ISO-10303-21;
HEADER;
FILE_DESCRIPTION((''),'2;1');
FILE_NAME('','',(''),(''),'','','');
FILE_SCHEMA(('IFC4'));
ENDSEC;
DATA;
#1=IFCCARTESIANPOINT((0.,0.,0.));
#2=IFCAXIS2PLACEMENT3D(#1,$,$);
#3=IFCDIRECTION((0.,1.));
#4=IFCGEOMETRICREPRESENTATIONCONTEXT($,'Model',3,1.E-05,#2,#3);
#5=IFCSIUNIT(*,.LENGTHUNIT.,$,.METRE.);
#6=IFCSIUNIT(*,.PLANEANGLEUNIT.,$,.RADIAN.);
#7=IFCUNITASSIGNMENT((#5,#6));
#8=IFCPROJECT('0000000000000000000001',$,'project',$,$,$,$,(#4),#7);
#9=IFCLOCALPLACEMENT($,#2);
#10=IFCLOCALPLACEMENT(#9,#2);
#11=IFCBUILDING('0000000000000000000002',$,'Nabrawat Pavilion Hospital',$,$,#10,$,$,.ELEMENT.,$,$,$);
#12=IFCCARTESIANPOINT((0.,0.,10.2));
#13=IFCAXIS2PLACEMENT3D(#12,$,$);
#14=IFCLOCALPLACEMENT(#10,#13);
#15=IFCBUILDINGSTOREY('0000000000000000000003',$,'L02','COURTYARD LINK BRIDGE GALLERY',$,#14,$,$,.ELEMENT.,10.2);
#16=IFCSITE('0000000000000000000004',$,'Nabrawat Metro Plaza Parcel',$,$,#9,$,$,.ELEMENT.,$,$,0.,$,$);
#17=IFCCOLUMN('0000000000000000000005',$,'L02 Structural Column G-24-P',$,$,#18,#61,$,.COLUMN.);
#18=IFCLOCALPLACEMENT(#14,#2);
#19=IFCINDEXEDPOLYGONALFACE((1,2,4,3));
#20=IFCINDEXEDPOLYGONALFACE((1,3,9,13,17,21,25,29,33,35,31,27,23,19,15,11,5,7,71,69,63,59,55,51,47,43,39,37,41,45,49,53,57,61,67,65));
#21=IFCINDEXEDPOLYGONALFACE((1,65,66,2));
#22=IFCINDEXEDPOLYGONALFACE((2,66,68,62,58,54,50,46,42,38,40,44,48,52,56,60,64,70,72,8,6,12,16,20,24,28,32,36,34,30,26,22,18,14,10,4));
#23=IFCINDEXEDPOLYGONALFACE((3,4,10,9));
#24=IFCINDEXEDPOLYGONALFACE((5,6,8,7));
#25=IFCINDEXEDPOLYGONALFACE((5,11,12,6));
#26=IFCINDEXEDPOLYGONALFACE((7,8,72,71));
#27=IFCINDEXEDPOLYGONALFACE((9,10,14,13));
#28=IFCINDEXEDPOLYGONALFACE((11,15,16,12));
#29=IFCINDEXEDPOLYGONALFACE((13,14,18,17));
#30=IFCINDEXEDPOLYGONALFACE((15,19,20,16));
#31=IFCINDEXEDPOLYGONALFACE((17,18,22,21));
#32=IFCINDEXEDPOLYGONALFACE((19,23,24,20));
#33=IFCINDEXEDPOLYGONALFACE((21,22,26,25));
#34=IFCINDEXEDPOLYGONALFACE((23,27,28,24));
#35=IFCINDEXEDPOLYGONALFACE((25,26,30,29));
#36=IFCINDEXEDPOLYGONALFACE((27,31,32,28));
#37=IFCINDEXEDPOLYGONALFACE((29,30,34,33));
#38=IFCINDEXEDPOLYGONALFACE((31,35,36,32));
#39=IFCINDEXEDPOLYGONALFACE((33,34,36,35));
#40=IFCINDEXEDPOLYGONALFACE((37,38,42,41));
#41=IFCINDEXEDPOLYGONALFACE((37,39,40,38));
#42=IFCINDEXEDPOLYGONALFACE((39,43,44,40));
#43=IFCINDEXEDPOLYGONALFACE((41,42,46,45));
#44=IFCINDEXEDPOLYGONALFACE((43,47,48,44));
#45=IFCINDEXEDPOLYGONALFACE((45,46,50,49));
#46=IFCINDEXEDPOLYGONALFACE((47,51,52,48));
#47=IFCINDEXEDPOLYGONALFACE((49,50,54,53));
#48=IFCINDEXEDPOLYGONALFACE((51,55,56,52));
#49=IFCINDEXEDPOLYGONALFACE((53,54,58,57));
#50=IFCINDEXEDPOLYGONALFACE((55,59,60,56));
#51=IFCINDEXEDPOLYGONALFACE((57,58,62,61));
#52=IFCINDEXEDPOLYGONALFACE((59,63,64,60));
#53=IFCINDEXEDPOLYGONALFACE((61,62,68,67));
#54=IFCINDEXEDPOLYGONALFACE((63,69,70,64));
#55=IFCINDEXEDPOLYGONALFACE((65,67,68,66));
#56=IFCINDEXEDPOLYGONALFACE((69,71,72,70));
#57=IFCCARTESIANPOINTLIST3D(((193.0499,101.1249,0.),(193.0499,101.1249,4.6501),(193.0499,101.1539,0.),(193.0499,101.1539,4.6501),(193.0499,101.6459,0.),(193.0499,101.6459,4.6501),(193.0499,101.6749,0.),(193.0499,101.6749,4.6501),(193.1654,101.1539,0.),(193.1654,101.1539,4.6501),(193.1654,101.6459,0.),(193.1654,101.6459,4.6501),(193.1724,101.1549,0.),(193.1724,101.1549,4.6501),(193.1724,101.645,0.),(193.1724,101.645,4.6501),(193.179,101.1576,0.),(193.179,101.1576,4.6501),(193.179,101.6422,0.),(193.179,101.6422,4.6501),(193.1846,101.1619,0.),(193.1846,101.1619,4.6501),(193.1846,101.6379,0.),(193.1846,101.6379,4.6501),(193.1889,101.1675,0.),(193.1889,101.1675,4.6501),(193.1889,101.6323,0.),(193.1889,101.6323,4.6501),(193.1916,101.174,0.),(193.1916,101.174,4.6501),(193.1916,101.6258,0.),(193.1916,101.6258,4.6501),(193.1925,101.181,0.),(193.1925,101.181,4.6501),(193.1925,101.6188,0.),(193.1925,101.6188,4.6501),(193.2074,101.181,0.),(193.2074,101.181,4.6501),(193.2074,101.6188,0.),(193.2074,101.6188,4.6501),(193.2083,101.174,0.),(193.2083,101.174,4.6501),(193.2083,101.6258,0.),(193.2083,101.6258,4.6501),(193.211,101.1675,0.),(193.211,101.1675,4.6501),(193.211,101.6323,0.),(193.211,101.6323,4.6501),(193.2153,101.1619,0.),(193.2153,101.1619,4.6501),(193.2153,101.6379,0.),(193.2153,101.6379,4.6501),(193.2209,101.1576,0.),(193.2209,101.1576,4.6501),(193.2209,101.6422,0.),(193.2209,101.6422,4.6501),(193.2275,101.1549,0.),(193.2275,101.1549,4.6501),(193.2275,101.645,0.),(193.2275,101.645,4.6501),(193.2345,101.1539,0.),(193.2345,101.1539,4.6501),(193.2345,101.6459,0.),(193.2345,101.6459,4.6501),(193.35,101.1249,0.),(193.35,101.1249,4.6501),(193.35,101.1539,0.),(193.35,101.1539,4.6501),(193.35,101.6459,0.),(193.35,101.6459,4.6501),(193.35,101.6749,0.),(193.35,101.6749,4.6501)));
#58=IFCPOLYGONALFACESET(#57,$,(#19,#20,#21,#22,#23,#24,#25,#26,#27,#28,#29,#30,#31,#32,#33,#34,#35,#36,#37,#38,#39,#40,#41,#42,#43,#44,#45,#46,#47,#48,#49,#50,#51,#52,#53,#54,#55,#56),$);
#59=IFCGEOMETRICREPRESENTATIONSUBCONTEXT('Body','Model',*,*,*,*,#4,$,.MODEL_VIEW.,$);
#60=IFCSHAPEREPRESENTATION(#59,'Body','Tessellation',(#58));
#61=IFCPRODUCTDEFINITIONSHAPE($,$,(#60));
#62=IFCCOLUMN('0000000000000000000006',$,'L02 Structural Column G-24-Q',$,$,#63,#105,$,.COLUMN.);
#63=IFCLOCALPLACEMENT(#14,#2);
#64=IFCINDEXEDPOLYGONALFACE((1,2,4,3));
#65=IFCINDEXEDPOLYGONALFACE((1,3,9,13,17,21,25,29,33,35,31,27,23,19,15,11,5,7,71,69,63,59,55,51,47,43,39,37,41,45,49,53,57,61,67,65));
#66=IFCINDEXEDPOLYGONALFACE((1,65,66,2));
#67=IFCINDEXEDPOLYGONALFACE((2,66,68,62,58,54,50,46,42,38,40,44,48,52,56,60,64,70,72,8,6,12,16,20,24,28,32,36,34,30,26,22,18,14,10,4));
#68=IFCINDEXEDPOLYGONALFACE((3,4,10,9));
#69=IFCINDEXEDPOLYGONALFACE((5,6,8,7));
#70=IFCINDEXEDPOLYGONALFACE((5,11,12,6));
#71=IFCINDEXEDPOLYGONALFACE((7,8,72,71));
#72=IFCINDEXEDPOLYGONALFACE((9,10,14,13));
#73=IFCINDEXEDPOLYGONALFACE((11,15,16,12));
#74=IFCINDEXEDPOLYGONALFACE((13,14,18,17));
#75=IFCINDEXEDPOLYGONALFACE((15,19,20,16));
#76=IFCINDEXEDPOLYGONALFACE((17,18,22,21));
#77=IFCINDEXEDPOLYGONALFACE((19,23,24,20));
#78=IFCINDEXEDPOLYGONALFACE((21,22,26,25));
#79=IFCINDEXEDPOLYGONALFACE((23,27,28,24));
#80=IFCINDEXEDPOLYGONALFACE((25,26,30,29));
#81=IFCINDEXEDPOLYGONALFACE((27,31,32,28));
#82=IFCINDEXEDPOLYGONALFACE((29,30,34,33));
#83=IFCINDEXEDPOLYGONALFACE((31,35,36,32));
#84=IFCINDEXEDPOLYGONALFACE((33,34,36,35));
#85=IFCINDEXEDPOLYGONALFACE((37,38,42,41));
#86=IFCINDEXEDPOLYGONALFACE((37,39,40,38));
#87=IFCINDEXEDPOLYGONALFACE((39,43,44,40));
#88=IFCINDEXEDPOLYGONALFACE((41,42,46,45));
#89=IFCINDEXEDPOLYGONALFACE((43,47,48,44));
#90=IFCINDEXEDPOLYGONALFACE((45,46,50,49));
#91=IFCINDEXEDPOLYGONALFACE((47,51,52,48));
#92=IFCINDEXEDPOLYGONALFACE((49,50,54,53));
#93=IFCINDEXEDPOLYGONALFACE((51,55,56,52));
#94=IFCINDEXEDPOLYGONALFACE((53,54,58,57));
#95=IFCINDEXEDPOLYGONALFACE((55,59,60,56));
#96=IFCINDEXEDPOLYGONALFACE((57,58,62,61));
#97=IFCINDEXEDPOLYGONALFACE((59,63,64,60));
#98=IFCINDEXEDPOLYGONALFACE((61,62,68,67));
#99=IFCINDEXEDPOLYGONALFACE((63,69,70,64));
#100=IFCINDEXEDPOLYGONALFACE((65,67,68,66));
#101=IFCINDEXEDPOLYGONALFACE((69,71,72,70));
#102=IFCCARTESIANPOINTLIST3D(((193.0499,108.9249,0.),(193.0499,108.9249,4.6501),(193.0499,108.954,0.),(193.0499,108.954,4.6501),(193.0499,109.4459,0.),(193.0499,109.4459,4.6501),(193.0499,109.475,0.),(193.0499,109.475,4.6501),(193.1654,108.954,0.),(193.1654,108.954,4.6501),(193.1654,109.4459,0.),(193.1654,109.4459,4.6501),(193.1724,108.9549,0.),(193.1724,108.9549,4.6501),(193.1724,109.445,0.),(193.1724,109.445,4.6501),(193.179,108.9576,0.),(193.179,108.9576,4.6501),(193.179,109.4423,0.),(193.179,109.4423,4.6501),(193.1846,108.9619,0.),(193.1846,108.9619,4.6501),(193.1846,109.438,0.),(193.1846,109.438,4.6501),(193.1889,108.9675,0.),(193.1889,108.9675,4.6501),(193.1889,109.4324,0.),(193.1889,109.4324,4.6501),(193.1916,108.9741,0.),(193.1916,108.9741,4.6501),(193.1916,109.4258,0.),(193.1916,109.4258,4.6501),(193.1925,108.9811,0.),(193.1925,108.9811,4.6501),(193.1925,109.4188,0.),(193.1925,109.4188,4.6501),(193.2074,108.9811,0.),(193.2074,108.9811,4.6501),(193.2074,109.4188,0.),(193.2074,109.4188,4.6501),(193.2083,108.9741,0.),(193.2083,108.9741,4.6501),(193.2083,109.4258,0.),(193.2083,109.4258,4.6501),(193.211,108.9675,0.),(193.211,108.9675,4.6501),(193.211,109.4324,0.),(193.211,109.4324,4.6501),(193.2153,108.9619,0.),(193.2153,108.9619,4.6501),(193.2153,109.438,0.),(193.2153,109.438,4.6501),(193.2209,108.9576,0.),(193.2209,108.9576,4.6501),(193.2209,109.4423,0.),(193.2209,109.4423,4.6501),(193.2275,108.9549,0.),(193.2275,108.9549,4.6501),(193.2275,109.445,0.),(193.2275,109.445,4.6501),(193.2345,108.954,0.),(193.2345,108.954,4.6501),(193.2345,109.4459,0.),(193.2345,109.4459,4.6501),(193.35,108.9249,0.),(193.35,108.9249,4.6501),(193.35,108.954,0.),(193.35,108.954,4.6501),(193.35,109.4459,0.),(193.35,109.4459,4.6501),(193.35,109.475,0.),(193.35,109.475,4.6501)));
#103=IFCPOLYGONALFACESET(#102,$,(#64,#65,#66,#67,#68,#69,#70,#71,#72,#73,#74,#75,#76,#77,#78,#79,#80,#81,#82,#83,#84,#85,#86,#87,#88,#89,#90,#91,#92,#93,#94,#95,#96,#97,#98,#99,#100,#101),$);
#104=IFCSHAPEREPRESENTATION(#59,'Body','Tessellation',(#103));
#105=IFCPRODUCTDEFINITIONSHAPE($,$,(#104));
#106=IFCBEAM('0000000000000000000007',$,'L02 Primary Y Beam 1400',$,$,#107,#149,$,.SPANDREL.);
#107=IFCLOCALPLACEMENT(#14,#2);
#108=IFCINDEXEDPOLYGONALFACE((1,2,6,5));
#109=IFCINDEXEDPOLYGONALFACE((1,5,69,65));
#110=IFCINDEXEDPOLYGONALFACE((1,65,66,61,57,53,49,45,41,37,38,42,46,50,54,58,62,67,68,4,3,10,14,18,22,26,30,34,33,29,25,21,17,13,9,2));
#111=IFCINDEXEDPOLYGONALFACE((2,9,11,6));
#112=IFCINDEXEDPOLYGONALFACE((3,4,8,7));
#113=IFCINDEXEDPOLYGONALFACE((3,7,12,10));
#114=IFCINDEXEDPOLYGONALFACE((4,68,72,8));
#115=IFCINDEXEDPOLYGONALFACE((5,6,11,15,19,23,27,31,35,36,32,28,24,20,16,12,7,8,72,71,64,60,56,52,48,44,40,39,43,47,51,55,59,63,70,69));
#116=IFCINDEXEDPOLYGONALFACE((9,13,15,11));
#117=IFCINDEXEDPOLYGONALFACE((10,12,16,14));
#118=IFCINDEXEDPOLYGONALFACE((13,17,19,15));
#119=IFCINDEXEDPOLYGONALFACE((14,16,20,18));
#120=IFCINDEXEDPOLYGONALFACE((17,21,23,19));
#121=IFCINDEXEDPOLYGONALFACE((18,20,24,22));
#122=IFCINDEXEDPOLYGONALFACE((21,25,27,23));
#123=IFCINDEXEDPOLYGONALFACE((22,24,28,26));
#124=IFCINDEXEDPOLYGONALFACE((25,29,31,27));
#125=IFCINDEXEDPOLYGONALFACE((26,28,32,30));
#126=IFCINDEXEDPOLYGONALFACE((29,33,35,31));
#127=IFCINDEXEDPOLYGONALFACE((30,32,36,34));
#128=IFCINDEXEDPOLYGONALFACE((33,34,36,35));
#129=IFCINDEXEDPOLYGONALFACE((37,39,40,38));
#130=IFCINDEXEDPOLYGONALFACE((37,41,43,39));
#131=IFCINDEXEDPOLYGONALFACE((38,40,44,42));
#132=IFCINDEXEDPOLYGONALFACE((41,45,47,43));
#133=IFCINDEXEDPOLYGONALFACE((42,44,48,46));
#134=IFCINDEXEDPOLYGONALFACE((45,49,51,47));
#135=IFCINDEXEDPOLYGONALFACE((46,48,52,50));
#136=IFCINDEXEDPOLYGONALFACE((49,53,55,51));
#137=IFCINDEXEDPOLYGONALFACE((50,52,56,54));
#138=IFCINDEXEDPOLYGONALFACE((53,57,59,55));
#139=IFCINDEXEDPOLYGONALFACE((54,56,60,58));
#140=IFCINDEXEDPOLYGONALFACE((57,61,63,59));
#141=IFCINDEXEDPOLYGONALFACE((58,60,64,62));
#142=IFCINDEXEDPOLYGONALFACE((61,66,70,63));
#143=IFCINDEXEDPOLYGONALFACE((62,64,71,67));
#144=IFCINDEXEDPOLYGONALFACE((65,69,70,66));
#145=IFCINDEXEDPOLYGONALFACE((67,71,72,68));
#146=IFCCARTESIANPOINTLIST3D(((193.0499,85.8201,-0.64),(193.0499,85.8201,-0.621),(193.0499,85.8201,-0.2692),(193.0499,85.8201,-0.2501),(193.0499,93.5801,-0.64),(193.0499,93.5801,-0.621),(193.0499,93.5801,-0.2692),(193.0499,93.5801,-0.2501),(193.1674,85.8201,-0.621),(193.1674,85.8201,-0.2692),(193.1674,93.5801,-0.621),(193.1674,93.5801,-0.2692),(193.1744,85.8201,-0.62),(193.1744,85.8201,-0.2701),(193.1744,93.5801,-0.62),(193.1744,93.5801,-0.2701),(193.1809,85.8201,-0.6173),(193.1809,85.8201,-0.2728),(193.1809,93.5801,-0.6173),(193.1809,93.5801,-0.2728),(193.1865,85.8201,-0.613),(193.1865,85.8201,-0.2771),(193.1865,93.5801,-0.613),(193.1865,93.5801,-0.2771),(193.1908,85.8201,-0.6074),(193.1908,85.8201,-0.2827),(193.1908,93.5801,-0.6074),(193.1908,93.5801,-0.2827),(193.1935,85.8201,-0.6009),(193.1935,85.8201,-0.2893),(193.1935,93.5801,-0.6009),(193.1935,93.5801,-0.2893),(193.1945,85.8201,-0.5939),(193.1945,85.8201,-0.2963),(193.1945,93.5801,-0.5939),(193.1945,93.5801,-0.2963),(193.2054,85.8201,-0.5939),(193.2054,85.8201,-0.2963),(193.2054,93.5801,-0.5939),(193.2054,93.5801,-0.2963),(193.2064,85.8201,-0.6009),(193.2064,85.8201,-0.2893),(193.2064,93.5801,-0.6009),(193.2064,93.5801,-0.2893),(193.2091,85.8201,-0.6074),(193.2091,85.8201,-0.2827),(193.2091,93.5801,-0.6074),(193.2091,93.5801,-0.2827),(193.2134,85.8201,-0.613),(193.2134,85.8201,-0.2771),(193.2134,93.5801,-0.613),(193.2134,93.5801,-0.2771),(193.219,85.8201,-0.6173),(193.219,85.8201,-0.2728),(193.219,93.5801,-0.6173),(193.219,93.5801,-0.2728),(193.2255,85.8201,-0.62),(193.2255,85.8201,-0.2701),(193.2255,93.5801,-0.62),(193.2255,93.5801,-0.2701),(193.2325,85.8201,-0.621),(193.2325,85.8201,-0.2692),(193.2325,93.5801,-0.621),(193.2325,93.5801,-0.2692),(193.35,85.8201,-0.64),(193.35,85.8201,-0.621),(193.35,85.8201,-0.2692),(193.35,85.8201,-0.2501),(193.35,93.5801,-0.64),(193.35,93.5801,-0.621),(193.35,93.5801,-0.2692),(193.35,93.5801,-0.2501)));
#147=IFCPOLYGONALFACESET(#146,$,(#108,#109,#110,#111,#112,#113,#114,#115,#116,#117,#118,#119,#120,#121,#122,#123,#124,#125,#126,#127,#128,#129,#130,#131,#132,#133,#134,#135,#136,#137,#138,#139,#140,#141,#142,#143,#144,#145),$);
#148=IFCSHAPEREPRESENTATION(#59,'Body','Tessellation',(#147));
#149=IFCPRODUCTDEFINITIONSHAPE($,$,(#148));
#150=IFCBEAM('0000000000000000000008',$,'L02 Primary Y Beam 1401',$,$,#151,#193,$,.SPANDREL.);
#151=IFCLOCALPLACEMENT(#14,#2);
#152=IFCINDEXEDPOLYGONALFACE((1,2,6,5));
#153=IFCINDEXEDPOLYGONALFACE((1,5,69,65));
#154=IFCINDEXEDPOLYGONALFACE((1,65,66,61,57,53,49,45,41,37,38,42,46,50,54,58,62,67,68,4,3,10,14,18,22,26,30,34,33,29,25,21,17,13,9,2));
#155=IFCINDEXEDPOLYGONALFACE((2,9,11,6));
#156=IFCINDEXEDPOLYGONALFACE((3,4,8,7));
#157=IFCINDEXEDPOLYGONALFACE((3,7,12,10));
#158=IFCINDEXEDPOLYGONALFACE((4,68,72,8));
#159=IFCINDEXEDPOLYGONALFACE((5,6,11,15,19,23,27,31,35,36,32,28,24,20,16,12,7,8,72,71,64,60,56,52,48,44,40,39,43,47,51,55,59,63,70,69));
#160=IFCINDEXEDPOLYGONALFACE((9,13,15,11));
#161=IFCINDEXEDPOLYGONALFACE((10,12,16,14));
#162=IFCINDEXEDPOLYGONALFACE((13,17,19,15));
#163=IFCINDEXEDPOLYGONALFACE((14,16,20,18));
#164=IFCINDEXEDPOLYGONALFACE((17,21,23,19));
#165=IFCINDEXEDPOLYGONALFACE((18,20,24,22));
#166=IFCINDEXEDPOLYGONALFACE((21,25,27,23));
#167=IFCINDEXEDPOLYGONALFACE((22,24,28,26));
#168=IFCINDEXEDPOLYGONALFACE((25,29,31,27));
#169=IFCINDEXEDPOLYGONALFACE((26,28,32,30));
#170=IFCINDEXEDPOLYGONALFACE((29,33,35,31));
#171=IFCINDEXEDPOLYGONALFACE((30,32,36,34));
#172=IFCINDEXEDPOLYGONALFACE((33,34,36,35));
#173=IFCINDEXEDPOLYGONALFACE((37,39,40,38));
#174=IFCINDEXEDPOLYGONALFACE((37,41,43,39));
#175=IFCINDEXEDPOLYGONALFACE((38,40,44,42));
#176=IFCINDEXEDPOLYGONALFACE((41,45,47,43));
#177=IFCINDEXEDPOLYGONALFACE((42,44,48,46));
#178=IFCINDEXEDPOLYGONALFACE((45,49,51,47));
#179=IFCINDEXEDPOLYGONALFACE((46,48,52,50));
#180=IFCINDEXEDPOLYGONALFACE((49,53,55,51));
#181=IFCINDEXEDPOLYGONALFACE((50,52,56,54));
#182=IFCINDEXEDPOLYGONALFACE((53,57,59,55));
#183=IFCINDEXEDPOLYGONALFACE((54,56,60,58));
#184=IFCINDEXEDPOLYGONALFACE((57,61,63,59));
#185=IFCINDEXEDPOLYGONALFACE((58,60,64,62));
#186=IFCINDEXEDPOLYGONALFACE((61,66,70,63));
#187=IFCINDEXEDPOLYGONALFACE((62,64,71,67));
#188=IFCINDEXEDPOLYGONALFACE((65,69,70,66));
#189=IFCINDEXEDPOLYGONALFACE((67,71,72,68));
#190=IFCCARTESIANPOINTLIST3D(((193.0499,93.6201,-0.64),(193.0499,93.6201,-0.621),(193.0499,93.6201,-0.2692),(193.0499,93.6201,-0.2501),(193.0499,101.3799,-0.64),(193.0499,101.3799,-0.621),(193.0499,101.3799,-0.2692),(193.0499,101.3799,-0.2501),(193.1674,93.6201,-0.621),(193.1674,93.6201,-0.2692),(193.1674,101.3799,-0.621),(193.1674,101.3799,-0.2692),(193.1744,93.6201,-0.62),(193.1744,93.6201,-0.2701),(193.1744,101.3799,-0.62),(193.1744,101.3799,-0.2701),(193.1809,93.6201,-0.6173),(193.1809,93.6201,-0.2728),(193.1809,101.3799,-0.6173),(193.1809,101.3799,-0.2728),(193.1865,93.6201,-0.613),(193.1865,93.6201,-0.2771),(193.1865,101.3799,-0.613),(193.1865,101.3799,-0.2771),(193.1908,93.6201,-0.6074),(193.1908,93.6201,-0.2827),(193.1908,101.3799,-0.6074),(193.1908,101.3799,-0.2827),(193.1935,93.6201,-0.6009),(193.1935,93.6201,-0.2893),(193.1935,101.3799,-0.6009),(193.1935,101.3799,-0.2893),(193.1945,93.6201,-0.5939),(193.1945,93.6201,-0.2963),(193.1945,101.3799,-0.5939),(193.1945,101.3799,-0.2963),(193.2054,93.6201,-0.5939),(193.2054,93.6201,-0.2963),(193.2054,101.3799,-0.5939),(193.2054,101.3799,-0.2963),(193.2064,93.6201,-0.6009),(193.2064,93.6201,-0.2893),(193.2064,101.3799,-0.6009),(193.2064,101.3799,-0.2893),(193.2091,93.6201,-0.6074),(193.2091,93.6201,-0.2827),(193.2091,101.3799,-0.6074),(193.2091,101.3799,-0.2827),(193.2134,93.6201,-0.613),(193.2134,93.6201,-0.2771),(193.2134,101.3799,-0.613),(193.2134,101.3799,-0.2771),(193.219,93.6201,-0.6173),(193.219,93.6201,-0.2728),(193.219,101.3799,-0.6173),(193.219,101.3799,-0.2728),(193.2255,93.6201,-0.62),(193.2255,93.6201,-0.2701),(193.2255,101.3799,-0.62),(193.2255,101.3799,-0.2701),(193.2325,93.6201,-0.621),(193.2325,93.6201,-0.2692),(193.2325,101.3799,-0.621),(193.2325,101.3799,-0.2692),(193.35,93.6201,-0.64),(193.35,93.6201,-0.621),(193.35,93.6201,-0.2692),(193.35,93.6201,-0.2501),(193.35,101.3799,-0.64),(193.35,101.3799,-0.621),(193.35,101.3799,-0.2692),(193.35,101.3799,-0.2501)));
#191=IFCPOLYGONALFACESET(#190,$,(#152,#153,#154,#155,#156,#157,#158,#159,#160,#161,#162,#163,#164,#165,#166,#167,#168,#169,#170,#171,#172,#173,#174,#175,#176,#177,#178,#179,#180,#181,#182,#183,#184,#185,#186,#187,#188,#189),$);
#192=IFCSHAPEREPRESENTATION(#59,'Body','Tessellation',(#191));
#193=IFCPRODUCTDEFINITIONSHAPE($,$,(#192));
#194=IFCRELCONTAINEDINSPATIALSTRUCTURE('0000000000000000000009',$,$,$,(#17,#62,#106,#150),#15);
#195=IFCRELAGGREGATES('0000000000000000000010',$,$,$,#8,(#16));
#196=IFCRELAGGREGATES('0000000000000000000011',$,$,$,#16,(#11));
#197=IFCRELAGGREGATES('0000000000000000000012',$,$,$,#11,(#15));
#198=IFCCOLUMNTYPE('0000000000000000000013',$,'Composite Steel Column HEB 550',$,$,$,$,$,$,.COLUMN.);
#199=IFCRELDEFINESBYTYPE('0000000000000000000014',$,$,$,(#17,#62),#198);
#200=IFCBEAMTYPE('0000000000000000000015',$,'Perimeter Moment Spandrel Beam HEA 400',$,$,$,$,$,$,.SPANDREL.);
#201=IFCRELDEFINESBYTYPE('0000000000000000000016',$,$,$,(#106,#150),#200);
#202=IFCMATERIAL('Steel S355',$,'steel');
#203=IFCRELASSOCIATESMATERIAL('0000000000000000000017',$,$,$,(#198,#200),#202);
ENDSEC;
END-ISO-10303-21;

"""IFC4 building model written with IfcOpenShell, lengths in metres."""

from ifc_helpers import new_model, si_unit, direction, frame, origin, origin_2d, place, context, subcontext, project, spatial, i_section, extrude, material, material_profile, profile_set, type_object, element, save


model = new_model("IFC4")

# Units and contexts
model_context = context("Model", 3, precision=1e-05, world=origin(), true_north=direction((0.0, 1.0)))
body_context = subcontext(model_context, "Body", "Model", "MODEL_VIEW")
ifc_project = project(units=[si_unit("LENGTHUNIT", "METRE"), si_unit("PLANEANGLEUNIT", "RADIAN")], contexts=[model_context])

# Site, building, storey
site_placement = place(None, origin())
site = spatial("IfcSite", under=ifc_project, at=site_placement, Name="Nabrawat Metro Plaza Parcel", CompositionType="ELEMENT", RefElevation=0.0)
building_placement = place(site_placement, origin())
building = spatial("IfcBuilding", under=site, at=building_placement, Name="Nabrawat Pavilion Hospital", CompositionType="ELEMENT")
storey_placement = place(building_placement, frame((0.0, 0.0, 10.2)))
storey = spatial("IfcBuildingStorey", under=building, at=storey_placement, Name="L02", Description="COURTYARD LINK BRIDGE GALLERY", CompositionType="ELEMENT", Elevation=10.2)

# Columns
ifc_material_1 = material(Name="Steel S355", Category="steel")
ifc_material_profile_1 = material_profile(ifc_material_1, i_section(OverallWidth=0.3, OverallDepth=0.55, WebThickness=0.0149, FlangeThickness=0.0291, FilletRadius=0.0271, at=origin_2d()), Name="HEB 550")
ifc_profile_set_1 = profile_set([ifc_material_profile_1], Name="Steel S355")
column_type = type_object("IfcColumnType", Name="Composite Steel Column HEB 550", PredefinedType="COLUMN", material=ifc_profile_set_1)
for number, where, z_axis, x_axis, name in (
    (1, (193.2, 101.3999, 0.0), (0.0, 0.0, 1.0), (1.0, 0.0, 0.0), "L02 Structural Column G-24-P"),
    (2, (193.2, 109.2, 0.0), (0.0, 0.0, 1.0), (1.0, 0.0, 0.0), "L02 Structural Column G-24-Q"),
):
    element("IfcColumn", number, at=place(storey_placement, frame(where, z_axis=z_axis, x_axis=x_axis)), inside=storey, type_object=column_type, Name=name, PredefinedType="COLUMN", context=body_context, shape_type="SweptSolid", body=[
        extrude(i_section(OverallWidth=0.3, OverallDepth=0.55, WebThickness=0.0149, FlangeThickness=0.0291, FilletRadius=0.0271, at=origin_2d()), origin(), (0.0, 0.0, 1.0), 4.6501),
    ])

# Beams
ifc_material_profile_2 = material_profile(ifc_material_1, i_section(OverallWidth=0.3, OverallDepth=0.3899, WebThickness=0.011, FlangeThickness=0.019, FilletRadius=0.0271, at=origin_2d()), Name="HEA 400")
ifc_profile_set_2 = profile_set([ifc_material_profile_2], Name="Steel S355")
beam_type_1 = type_object("IfcBeamType", Name="Perimeter Moment Spandrel Beam HEA 400", PredefinedType="SPANDREL", material=ifc_profile_set_2)
beam_1_placement = place(storey_placement, frame((193.2, 85.8201, -0.4451), z_axis=(0.0, 1.0, 0.0), x_axis=(-1.0, 0.0, 0.0)))
element("IfcBeam", 3, at=beam_1_placement, inside=storey, type_object=beam_type_1, Name="L02 Primary Y Beam 1400", PredefinedType="SPANDREL", context=body_context, shape_type="SweptSolid", body=[
    extrude(i_section(OverallWidth=0.3, OverallDepth=0.3899, WebThickness=0.011, FlangeThickness=0.019, FilletRadius=0.0271, at=origin_2d()), origin(), (0.0, 0.0, 1.0), 7.76),
])
beam_2_placement = place(storey_placement, frame((193.2, 93.6201, -0.4451), z_axis=(0.0, 1.0, 0.0), x_axis=(-1.0, 0.0, 0.0)))
element("IfcBeam", 4, at=beam_2_placement, inside=storey, type_object=beam_type_1, Name="L02 Primary Y Beam 1401", PredefinedType="SPANDREL", context=body_context, shape_type="SweptSolid", body=[
    extrude(i_section(OverallWidth=0.3, OverallDepth=0.3899, WebThickness=0.011, FlangeThickness=0.019, FilletRadius=0.0271, at=origin_2d()), origin(), (0.0, 0.0, 1.0), 7.7598),
])

save(model, "model.ifc")
